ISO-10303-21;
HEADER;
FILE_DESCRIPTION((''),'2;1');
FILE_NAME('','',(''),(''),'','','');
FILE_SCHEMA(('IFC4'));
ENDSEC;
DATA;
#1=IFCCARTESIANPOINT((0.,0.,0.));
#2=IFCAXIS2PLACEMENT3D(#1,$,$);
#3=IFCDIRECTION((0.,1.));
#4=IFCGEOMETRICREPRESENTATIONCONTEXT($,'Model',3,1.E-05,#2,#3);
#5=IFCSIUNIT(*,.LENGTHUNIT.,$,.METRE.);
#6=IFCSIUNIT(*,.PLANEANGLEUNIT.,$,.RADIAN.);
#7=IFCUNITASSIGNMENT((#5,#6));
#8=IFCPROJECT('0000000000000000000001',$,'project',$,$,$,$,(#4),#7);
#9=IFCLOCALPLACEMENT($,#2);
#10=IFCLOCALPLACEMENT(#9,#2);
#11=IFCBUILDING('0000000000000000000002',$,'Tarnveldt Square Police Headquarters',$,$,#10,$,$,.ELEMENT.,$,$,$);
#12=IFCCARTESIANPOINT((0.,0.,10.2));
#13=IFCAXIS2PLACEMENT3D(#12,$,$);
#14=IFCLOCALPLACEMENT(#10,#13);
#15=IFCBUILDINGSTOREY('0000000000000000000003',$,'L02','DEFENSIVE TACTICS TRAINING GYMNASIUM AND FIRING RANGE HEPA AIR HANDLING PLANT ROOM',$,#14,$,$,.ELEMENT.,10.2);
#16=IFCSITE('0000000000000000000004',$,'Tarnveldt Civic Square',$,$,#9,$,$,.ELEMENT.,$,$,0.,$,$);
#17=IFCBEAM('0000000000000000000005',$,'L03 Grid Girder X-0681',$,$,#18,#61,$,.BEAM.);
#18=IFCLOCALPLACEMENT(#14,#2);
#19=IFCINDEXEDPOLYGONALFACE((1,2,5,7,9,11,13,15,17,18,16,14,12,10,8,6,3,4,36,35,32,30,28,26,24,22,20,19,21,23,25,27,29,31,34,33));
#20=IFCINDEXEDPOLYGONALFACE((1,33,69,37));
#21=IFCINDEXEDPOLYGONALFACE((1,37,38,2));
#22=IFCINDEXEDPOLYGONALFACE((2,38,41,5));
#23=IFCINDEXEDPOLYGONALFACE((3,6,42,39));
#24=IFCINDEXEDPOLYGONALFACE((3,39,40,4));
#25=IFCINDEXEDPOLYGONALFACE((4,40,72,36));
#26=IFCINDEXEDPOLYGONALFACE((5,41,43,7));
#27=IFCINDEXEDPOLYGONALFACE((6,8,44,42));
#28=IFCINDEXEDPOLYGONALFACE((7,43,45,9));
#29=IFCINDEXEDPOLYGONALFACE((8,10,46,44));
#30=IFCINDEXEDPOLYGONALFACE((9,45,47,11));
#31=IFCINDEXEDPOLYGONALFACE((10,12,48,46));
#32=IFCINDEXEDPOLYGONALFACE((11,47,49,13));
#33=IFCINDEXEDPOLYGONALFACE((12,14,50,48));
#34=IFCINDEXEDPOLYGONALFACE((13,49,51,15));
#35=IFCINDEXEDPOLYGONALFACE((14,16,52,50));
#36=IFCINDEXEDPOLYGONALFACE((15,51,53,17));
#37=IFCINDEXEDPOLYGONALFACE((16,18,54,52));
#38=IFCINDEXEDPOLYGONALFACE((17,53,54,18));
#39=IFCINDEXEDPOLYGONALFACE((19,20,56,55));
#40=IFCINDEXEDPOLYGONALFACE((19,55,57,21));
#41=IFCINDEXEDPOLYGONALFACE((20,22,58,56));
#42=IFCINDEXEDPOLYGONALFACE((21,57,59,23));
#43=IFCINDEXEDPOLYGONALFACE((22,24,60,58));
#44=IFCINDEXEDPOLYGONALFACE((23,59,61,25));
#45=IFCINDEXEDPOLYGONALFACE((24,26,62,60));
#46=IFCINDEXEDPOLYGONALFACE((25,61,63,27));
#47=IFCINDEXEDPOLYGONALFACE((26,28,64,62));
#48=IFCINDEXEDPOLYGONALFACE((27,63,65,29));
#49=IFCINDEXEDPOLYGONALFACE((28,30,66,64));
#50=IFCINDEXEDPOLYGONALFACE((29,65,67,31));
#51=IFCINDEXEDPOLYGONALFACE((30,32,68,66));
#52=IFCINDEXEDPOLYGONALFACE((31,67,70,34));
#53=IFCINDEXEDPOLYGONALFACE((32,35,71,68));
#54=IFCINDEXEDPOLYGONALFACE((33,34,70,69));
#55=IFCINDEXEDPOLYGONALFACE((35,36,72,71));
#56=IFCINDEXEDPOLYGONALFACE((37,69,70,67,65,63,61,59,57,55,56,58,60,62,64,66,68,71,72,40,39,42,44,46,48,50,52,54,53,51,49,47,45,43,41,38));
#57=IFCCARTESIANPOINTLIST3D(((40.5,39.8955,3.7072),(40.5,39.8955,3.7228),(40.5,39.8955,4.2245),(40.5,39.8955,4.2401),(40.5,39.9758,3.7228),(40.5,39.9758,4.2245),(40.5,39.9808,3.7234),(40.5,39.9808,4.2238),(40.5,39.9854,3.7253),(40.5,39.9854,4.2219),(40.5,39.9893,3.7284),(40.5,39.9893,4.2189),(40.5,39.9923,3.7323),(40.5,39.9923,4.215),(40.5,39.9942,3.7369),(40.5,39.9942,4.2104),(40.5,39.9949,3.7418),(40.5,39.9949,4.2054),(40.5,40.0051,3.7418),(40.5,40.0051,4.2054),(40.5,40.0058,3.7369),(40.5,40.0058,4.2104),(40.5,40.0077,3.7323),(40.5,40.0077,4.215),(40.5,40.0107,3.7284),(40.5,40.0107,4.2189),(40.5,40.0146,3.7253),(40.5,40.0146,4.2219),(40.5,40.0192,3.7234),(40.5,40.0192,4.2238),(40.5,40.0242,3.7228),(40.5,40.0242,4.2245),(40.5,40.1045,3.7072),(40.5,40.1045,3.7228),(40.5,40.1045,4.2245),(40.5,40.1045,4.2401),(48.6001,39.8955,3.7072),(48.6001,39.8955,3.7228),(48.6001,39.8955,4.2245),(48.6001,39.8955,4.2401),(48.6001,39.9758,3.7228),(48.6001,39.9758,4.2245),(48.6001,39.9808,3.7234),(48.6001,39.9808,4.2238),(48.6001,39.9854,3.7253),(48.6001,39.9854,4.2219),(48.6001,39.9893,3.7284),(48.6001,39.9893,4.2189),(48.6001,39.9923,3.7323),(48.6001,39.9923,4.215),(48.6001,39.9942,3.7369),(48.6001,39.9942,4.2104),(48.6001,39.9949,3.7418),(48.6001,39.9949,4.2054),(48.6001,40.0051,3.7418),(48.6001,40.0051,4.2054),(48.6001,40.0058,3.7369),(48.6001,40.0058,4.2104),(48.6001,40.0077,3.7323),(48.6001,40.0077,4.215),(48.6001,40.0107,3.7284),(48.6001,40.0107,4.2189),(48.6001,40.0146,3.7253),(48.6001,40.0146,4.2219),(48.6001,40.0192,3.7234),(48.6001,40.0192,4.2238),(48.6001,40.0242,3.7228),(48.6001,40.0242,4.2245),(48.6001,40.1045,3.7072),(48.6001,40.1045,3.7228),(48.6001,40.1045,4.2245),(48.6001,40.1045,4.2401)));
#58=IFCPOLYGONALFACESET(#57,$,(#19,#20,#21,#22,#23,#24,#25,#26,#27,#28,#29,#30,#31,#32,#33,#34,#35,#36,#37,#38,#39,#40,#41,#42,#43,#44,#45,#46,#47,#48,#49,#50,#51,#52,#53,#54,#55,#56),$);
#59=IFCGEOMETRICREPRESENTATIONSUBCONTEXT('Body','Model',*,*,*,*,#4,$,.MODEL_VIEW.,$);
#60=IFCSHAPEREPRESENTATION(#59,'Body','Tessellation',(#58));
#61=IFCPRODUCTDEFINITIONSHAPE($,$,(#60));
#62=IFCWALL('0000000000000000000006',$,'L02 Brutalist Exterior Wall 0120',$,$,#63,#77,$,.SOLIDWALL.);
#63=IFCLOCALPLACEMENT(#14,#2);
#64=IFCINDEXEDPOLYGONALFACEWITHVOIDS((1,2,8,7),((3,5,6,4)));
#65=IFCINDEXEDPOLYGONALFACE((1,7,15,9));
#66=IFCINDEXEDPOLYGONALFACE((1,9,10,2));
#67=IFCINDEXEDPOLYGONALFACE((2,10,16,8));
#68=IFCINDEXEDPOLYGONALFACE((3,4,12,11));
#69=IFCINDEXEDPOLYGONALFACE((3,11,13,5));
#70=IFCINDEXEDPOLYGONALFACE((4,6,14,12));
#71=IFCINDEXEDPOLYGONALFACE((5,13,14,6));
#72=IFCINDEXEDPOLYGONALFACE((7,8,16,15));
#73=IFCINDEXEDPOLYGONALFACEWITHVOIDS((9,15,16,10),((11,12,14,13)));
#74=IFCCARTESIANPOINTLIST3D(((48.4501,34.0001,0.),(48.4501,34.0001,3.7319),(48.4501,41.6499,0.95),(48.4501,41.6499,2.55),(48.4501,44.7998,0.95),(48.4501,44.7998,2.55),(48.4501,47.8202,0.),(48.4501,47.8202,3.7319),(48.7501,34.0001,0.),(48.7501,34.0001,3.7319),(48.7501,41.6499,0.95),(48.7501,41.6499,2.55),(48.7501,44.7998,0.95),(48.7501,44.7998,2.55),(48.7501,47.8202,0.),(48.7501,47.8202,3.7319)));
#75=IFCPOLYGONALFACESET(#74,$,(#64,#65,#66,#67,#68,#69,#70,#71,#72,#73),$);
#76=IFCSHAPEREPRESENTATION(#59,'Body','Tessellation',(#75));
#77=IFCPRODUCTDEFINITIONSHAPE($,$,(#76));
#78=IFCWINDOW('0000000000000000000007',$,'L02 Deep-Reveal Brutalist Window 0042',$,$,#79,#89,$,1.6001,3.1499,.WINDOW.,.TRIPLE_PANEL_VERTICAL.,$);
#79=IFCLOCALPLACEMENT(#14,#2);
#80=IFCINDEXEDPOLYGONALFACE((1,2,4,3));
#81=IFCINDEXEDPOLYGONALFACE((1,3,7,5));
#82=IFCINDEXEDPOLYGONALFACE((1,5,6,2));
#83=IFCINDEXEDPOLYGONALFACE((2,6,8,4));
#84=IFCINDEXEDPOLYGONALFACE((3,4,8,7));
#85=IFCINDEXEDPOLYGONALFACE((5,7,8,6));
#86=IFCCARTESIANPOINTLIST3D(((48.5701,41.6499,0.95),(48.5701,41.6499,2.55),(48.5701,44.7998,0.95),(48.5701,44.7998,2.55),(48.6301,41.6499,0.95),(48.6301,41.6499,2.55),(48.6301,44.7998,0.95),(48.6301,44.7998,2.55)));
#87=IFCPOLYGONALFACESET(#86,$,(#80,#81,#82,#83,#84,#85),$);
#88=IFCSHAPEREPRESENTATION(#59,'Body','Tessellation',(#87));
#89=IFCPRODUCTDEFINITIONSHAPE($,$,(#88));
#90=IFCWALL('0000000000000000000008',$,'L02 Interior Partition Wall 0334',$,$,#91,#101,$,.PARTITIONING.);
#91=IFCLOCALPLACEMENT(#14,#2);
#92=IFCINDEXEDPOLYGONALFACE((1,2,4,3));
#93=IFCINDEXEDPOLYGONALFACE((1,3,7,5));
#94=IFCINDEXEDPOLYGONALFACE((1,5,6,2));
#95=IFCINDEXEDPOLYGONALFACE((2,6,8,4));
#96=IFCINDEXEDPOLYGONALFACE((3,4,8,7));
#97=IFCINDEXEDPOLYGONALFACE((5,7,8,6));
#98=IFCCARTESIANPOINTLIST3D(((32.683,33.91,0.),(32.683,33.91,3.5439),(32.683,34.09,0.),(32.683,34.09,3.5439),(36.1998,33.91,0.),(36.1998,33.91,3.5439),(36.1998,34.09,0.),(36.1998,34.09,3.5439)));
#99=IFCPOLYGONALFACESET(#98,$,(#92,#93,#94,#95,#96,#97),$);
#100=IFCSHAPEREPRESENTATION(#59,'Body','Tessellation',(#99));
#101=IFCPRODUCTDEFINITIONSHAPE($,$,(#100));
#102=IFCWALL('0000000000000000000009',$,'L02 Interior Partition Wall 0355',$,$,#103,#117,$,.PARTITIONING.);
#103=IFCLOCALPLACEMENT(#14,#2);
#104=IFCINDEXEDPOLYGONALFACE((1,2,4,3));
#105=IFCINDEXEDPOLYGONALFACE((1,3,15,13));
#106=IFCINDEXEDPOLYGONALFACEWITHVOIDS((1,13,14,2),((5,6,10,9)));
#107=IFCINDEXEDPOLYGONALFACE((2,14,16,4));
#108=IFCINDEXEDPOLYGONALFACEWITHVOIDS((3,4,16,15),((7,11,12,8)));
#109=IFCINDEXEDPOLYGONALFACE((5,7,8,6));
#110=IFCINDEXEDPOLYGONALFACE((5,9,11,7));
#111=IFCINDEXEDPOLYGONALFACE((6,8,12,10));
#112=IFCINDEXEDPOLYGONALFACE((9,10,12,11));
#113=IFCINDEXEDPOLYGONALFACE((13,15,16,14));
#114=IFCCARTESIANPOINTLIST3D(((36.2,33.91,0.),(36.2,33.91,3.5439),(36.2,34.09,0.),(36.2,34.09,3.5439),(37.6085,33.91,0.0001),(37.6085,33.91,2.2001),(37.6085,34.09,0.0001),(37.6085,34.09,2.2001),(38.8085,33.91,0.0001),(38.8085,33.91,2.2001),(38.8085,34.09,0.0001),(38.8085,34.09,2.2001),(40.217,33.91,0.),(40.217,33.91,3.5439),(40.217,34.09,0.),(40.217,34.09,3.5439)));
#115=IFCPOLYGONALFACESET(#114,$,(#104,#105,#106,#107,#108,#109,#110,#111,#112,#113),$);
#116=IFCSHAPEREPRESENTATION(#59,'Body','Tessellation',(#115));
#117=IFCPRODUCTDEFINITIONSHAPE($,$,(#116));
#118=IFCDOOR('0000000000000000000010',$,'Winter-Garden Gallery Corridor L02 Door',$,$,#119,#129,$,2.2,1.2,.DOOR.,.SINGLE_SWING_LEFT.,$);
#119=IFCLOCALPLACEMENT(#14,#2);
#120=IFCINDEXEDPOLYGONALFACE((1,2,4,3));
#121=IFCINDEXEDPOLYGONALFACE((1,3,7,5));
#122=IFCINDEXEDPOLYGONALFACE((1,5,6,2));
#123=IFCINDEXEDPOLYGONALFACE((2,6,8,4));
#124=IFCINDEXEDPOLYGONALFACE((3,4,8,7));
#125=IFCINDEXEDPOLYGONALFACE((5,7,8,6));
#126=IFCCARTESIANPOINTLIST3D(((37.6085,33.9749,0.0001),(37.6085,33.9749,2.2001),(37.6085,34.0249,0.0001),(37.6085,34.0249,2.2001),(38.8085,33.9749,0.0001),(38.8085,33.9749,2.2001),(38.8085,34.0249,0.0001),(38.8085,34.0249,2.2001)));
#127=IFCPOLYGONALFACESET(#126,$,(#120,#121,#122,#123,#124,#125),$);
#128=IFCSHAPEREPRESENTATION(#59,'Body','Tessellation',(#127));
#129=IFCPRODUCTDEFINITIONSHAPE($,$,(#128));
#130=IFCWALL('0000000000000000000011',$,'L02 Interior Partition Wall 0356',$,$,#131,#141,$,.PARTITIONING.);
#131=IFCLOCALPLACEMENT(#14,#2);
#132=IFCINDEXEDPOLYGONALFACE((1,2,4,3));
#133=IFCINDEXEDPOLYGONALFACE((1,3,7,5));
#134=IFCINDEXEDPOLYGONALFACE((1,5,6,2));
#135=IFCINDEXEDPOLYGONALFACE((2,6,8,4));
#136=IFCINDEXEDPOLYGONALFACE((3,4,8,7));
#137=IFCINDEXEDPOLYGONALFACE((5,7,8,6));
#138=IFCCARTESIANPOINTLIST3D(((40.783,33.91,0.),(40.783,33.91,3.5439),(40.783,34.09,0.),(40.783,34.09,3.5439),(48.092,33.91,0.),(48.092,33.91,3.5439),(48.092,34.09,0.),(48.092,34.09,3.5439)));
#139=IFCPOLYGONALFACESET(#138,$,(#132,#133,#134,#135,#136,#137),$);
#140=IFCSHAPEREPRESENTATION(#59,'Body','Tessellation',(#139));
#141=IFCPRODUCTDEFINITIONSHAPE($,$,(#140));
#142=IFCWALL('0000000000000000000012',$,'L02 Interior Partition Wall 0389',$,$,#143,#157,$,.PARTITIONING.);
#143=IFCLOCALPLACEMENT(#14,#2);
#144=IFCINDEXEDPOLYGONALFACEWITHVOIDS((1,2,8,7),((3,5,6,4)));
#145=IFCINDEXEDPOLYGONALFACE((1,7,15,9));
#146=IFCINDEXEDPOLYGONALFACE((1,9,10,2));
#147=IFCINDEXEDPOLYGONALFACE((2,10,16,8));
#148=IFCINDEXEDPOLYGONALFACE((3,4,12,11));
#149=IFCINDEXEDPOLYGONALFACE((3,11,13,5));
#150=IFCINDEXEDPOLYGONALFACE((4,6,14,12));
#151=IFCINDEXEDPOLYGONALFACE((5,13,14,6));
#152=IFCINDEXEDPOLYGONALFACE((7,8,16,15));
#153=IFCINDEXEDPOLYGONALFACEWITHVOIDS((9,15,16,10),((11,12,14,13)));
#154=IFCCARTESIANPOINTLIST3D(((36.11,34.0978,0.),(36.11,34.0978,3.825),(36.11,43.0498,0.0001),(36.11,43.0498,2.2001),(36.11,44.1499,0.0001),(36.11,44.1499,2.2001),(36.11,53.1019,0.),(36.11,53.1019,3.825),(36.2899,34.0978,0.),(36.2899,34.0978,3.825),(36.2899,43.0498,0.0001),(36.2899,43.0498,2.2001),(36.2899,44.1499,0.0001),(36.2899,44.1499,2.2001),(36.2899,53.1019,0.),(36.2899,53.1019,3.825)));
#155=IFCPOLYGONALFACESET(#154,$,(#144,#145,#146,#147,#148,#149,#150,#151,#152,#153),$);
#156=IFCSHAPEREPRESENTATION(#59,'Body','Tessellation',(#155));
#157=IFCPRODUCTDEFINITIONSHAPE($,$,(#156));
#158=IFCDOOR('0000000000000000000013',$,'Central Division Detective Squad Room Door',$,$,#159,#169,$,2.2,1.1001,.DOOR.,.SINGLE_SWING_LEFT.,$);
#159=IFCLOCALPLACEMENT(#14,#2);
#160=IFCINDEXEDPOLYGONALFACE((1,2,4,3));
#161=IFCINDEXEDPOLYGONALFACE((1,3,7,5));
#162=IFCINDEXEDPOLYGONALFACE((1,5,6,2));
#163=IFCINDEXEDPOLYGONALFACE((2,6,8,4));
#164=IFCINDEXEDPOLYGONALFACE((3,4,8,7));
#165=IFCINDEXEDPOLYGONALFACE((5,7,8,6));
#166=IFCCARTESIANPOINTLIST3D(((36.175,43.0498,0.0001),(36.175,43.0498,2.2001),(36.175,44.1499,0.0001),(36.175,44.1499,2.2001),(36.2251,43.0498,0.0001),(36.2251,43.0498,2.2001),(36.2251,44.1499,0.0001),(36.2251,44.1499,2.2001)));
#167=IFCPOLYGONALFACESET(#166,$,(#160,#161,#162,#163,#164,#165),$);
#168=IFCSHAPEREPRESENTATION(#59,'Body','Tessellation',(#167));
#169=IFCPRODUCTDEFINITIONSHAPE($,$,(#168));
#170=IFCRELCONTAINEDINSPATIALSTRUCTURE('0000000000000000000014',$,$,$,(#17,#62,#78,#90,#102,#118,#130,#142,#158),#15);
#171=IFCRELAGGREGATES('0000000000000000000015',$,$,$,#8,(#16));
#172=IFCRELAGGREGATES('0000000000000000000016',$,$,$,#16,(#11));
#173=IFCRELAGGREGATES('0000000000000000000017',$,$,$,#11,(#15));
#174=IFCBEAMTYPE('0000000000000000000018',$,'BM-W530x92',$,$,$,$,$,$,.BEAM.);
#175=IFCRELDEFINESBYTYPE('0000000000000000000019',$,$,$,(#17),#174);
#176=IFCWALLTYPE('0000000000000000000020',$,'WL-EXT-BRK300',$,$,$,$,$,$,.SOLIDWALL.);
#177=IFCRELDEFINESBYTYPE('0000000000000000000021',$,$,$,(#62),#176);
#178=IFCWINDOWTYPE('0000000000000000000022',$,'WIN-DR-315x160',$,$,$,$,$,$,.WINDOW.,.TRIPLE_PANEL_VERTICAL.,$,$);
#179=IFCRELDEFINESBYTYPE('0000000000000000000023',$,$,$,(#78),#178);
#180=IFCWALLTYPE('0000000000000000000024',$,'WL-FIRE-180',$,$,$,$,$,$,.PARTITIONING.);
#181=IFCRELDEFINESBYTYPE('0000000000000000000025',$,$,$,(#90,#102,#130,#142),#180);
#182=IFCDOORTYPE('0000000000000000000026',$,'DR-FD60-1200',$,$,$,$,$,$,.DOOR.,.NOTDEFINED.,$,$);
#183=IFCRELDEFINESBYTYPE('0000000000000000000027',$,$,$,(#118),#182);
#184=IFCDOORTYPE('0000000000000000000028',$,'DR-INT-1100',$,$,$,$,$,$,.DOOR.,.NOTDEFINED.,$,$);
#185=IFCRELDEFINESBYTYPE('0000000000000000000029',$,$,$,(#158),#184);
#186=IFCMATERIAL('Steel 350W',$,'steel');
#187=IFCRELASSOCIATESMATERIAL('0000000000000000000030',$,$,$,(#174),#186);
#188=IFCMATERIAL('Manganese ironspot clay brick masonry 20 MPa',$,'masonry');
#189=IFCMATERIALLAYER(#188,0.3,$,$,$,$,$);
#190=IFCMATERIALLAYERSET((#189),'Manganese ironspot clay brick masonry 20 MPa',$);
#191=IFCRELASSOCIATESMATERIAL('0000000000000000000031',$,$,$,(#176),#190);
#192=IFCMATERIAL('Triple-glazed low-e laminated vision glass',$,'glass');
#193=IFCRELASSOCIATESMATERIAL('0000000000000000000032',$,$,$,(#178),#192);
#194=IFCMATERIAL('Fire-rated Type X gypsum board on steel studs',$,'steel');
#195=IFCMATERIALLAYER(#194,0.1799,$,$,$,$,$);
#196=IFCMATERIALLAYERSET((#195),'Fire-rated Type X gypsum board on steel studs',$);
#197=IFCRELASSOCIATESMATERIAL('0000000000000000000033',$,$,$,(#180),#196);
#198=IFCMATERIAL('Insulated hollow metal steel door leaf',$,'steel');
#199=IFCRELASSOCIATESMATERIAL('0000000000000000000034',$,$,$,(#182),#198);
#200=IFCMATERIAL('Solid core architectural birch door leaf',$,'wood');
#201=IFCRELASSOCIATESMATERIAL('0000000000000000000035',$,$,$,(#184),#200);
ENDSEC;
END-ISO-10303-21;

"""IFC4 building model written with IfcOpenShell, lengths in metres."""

from ifc_helpers import new_model, si_unit, direction, frame, frame_2d, origin, origin_2d, place, context, subcontext, project, spatial, rectangle, i_section, extrude, material, layer, layer_set, material_profile, profile_set, type_object, element, fill, save


model = new_model("IFC4")

# Units and contexts
model_context = context("Model", 3, precision=1e-05, world=origin(), true_north=direction((0.0, 1.0)))
body_context = subcontext(model_context, "Body", "Model", "MODEL_VIEW")
ifc_project = project(units=[si_unit("LENGTHUNIT", "METRE"), si_unit("PLANEANGLEUNIT", "RADIAN")], contexts=[model_context])

# Site, building, storey
site_placement = place(None, origin())
site = spatial("IfcSite", under=ifc_project, at=site_placement, Name="Tarnveldt Civic Square", CompositionType="ELEMENT", RefElevation=0.0)
building_placement = place(site_placement, origin())
building = spatial("IfcBuilding", under=site, at=building_placement, Name="Tarnveldt Square Police Headquarters", CompositionType="ELEMENT")
storey_placement = place(building_placement, frame((0.0, 0.0, 10.2)))
storey = spatial("IfcBuildingStorey", under=building, at=storey_placement, Name="L02", Description="DEFENSIVE TACTICS TRAINING GYMNASIUM AND FIRING RANGE HEPA AIR HANDLING PLANT ROOM", CompositionType="ELEMENT", Elevation=10.2)

# Beam
ifc_material_1 = material(Name="Steel 350W", Category="steel")
ifc_material_profile_1 = material_profile(ifc_material_1, i_section(OverallWidth=0.209, OverallDepth=0.533, WebThickness=0.0103, FlangeThickness=0.0156, FilletRadius=0.019, at=origin_2d()), Name="W530x92")
ifc_profile_set_1 = profile_set([ifc_material_profile_1], Name="Steel 350W")
beam_type_1 = type_object("IfcBeamType", Name="BM-W530x92", PredefinedType="BEAM", material=ifc_profile_set_1)
beam_1_placement = place(storey_placement, frame((40.5, 40.0, 3.9736), z_axis=(1.0, 0.0, 0.0), x_axis=(0.0, 1.0, 0.0)))
element("IfcBeam", 1, at=beam_1_placement, inside=storey, type_object=beam_type_1, Name="L03 Grid Girder X-0681", PredefinedType="BEAM", context=body_context, shape_type="SweptSolid", body=[
    extrude(i_section(OverallWidth=0.209, OverallDepth=0.533, WebThickness=0.0103, FlangeThickness=0.0156, FilletRadius=0.019, at=origin_2d()), origin(), (0.0, 0.0, 1.0), 8.1001),
])

# Wall, opening, window
ifc_material_2 = material(Name="Manganese ironspot clay brick masonry 20 MPa", Category="masonry")
ifc_layer_1 = layer(ifc_material_2, 0.3)
ifc_layer_set_1 = layer_set([ifc_layer_1], Name="Manganese ironspot clay brick masonry 20 MPa")
wall_type_1 = type_object("IfcWallType", Name="WL-EXT-BRK300", PredefinedType="SOLIDWALL", material=ifc_layer_set_1)
wall_1_placement = place(storey_placement, frame((48.6001, 34.0, 0.0), z_axis=(0.0, 0.0, 1.0), x_axis=(0.0, 1.0, 0.0)))
wall_1 = element("IfcWall", 2, at=wall_1_placement, inside=storey, type_object=wall_type_1, Name="L02 Brutalist Exterior Wall 0120", PredefinedType="SOLIDWALL", context=body_context, shape_type="SweptSolid", body=[
    extrude(rectangle(XDim=13.8201, YDim=0.3, at=frame_2d((6.9102, 0.0))), origin(), (0.0, 0.0, 1.0), 3.7319),
])
opening_1_placement = place(wall_1_placement, frame((7.6499, 0.0, 0.95)))
opening_1 = element("IfcOpeningElement", 3, at=opening_1_placement, cuts=wall_1, PredefinedType="OPENING", context=body_context, shape_type="SweptSolid", body=[
    extrude(rectangle(XDim=3.1499, YDim=1.6001, at=frame_2d((1.575, 0.8))), frame((0.0, 0.1599, 0.0), z_axis=(0.0, -1.0, 0.0), x_axis=(1.0, 0.0, 0.0)), (0.0, 0.0, 1.0), 0.3201),
])
ifc_material_3 = material(Name="Triple-glazed low-e laminated vision glass", Category="glass")
window_type = type_object("IfcWindowType", Name="WIN-DR-315x160", PartitioningType="TRIPLE_PANEL_VERTICAL", PredefinedType="WINDOW", material=ifc_material_3)
window_placement = place(opening_1_placement, origin())
window = element("IfcWindow", 4, at=window_placement, inside=storey, type_object=window_type, Name="L02 Deep-Reveal Brutalist Window 0042", OverallHeight=1.6001, OverallWidth=3.1499, PartitioningType="TRIPLE_PANEL_VERTICAL", PredefinedType="WINDOW", context=body_context, shape_type="SweptSolid", body=[
    extrude(rectangle(XDim=3.1499, YDim=1.6001, at=frame_2d((1.575, 0.8))), frame((0.0, 0.03, 0.0), z_axis=(0.0, -1.0, 0.0), x_axis=(1.0, 0.0, 0.0)), (0.0, 0.0, 1.0), 0.0601),
])
fill(opening_1, window)

# Wall
ifc_material_4 = material(Name="Fire-rated Type X gypsum board on steel studs", Category="steel")
ifc_layer_2 = layer(ifc_material_4, 0.1799)
ifc_layer_set_2 = layer_set([ifc_layer_2], Name="Fire-rated Type X gypsum board on steel studs")
wall_type_2 = type_object("IfcWallType", Name="WL-FIRE-180", PredefinedType="PARTITIONING", material=ifc_layer_set_2)
wall_2_placement = place(storey_placement, frame((32.6831, 34.0, 0.0), z_axis=(0.0, 0.0, 1.0), x_axis=(1.0, 0.0, 0.0)))
element("IfcWall", 5, at=wall_2_placement, inside=storey, type_object=wall_type_2, Name="L02 Interior Partition Wall 0334", PredefinedType="PARTITIONING", context=body_context, shape_type="SweptSolid", body=[
    extrude(rectangle(XDim=3.5168, YDim=0.1799, at=frame_2d((1.7583, 0.0))), origin(), (0.0, 0.0, 1.0), 3.5439),
])

# Wall, opening, door
wall_3_placement = place(storey_placement, frame((36.2, 34.0, 0.0), z_axis=(0.0, 0.0, 1.0), x_axis=(1.0, 0.0, 0.0)))
wall_3 = element("IfcWall", 6, at=wall_3_placement, inside=storey, type_object=wall_type_2, Name="L02 Interior Partition Wall 0355", PredefinedType="PARTITIONING", context=body_context, shape_type="SweptSolid", body=[
    extrude(rectangle(XDim=4.0171, YDim=0.1799, at=frame_2d((2.0085, 0.0))), origin(), (0.0, 0.0, 1.0), 3.5439),
])
opening_2_placement = place(wall_3_placement, frame((1.4084, 0.0, 0.0)))
opening_2 = element("IfcOpeningElement", 7, at=opening_2_placement, cuts=wall_3, PredefinedType="OPENING", context=body_context, shape_type="SweptSolid", body=[
    extrude(rectangle(XDim=1.2, YDim=2.2, at=frame_2d((0.6001, 1.1001))), frame((0.0, 0.0999, 0.0), z_axis=(0.0, -1.0, 0.0), x_axis=(1.0, 0.0, 0.0)), (0.0, 0.0, 1.0), 0.2),
])
ifc_material_5 = material(Name="Insulated hollow metal steel door leaf", Category="steel")
door_type_1 = type_object("IfcDoorType", Name="DR-FD60-1200", OperationType="NOTDEFINED", PredefinedType="DOOR", material=ifc_material_5)
door_1_placement = place(opening_2_placement, origin())
door_1 = element("IfcDoor", 8, at=door_1_placement, inside=storey, type_object=door_type_1, Name="Winter-Garden Gallery Corridor L02 Door", OperationType="SINGLE_SWING_LEFT", OverallHeight=2.2, OverallWidth=1.2, PredefinedType="DOOR", context=body_context, shape_type="SweptSolid", body=[
    extrude(rectangle(XDim=1.2, YDim=2.2, at=frame_2d((0.6001, 1.1001))), frame((0.0, 0.0249, 0.0), z_axis=(0.0, -1.0, 0.0), x_axis=(1.0, 0.0, 0.0)), (0.0, 0.0, 1.0), 0.05),
])
fill(opening_2, door_1)

# Wall
wall_4_placement = place(storey_placement, frame((40.783, 34.0, 0.0), z_axis=(0.0, 0.0, 1.0), x_axis=(1.0, 0.0, 0.0)))
element("IfcWall", 9, at=wall_4_placement, inside=storey, type_object=wall_type_2, Name="L02 Interior Partition Wall 0356", PredefinedType="PARTITIONING", context=body_context, shape_type="SweptSolid", body=[
    extrude(rectangle(XDim=7.3091, YDim=0.1799, at=frame_2d((3.6545, 0.0))), origin(), (0.0, 0.0, 1.0), 3.5439),
])

# Wall, opening, door
wall_5_placement = place(storey_placement, frame((36.2, 34.0979, 0.0), z_axis=(0.0, 0.0, 1.0), x_axis=(0.0, 1.0, 0.0)))
wall_5 = element("IfcWall", 10, at=wall_5_placement, inside=storey, type_object=wall_type_2, Name="L02 Interior Partition Wall 0389", PredefinedType="PARTITIONING", context=body_context, shape_type="SweptSolid", body=[
    extrude(rectangle(XDim=19.0042, YDim=0.1799, at=frame_2d((9.502, 0.0))), origin(), (0.0, 0.0, 1.0), 3.825),
])
opening_3_placement = place(wall_5_placement, frame((8.9519, 0.0, 0.0)))
opening_3 = element("IfcOpeningElement", 11, at=opening_3_placement, cuts=wall_5, PredefinedType="OPENING", context=body_context, shape_type="SweptSolid", body=[
    extrude(rectangle(XDim=1.1001, YDim=2.2, at=frame_2d((0.55, 1.1001))), frame((0.0, 0.0999, 0.0), z_axis=(0.0, -1.0, 0.0), x_axis=(1.0, 0.0, 0.0)), (0.0, 0.0, 1.0), 0.2),
])
ifc_material_6 = material(Name="Solid core architectural birch door leaf", Category="wood")
door_type_2 = type_object("IfcDoorType", Name="DR-INT-1100", OperationType="NOTDEFINED", PredefinedType="DOOR", material=ifc_material_6)
door_2_placement = place(opening_3_placement, origin())
door_2 = element("IfcDoor", 12, at=door_2_placement, inside=storey, type_object=door_type_2, Name="Central Division Detective Squad Room Door", OperationType="SINGLE_SWING_LEFT", OverallHeight=2.2, OverallWidth=1.1001, PredefinedType="DOOR", context=body_context, shape_type="SweptSolid", body=[
    extrude(rectangle(XDim=1.1001, YDim=2.2, at=frame_2d((0.55, 1.1001))), frame((0.0, 0.0249, 0.0), z_axis=(0.0, -1.0, 0.0), x_axis=(1.0, 0.0, 0.0)), (0.0, 0.0, 1.0), 0.05),
])
fill(opening_3, door_2)

save(model, "model.ifc")
